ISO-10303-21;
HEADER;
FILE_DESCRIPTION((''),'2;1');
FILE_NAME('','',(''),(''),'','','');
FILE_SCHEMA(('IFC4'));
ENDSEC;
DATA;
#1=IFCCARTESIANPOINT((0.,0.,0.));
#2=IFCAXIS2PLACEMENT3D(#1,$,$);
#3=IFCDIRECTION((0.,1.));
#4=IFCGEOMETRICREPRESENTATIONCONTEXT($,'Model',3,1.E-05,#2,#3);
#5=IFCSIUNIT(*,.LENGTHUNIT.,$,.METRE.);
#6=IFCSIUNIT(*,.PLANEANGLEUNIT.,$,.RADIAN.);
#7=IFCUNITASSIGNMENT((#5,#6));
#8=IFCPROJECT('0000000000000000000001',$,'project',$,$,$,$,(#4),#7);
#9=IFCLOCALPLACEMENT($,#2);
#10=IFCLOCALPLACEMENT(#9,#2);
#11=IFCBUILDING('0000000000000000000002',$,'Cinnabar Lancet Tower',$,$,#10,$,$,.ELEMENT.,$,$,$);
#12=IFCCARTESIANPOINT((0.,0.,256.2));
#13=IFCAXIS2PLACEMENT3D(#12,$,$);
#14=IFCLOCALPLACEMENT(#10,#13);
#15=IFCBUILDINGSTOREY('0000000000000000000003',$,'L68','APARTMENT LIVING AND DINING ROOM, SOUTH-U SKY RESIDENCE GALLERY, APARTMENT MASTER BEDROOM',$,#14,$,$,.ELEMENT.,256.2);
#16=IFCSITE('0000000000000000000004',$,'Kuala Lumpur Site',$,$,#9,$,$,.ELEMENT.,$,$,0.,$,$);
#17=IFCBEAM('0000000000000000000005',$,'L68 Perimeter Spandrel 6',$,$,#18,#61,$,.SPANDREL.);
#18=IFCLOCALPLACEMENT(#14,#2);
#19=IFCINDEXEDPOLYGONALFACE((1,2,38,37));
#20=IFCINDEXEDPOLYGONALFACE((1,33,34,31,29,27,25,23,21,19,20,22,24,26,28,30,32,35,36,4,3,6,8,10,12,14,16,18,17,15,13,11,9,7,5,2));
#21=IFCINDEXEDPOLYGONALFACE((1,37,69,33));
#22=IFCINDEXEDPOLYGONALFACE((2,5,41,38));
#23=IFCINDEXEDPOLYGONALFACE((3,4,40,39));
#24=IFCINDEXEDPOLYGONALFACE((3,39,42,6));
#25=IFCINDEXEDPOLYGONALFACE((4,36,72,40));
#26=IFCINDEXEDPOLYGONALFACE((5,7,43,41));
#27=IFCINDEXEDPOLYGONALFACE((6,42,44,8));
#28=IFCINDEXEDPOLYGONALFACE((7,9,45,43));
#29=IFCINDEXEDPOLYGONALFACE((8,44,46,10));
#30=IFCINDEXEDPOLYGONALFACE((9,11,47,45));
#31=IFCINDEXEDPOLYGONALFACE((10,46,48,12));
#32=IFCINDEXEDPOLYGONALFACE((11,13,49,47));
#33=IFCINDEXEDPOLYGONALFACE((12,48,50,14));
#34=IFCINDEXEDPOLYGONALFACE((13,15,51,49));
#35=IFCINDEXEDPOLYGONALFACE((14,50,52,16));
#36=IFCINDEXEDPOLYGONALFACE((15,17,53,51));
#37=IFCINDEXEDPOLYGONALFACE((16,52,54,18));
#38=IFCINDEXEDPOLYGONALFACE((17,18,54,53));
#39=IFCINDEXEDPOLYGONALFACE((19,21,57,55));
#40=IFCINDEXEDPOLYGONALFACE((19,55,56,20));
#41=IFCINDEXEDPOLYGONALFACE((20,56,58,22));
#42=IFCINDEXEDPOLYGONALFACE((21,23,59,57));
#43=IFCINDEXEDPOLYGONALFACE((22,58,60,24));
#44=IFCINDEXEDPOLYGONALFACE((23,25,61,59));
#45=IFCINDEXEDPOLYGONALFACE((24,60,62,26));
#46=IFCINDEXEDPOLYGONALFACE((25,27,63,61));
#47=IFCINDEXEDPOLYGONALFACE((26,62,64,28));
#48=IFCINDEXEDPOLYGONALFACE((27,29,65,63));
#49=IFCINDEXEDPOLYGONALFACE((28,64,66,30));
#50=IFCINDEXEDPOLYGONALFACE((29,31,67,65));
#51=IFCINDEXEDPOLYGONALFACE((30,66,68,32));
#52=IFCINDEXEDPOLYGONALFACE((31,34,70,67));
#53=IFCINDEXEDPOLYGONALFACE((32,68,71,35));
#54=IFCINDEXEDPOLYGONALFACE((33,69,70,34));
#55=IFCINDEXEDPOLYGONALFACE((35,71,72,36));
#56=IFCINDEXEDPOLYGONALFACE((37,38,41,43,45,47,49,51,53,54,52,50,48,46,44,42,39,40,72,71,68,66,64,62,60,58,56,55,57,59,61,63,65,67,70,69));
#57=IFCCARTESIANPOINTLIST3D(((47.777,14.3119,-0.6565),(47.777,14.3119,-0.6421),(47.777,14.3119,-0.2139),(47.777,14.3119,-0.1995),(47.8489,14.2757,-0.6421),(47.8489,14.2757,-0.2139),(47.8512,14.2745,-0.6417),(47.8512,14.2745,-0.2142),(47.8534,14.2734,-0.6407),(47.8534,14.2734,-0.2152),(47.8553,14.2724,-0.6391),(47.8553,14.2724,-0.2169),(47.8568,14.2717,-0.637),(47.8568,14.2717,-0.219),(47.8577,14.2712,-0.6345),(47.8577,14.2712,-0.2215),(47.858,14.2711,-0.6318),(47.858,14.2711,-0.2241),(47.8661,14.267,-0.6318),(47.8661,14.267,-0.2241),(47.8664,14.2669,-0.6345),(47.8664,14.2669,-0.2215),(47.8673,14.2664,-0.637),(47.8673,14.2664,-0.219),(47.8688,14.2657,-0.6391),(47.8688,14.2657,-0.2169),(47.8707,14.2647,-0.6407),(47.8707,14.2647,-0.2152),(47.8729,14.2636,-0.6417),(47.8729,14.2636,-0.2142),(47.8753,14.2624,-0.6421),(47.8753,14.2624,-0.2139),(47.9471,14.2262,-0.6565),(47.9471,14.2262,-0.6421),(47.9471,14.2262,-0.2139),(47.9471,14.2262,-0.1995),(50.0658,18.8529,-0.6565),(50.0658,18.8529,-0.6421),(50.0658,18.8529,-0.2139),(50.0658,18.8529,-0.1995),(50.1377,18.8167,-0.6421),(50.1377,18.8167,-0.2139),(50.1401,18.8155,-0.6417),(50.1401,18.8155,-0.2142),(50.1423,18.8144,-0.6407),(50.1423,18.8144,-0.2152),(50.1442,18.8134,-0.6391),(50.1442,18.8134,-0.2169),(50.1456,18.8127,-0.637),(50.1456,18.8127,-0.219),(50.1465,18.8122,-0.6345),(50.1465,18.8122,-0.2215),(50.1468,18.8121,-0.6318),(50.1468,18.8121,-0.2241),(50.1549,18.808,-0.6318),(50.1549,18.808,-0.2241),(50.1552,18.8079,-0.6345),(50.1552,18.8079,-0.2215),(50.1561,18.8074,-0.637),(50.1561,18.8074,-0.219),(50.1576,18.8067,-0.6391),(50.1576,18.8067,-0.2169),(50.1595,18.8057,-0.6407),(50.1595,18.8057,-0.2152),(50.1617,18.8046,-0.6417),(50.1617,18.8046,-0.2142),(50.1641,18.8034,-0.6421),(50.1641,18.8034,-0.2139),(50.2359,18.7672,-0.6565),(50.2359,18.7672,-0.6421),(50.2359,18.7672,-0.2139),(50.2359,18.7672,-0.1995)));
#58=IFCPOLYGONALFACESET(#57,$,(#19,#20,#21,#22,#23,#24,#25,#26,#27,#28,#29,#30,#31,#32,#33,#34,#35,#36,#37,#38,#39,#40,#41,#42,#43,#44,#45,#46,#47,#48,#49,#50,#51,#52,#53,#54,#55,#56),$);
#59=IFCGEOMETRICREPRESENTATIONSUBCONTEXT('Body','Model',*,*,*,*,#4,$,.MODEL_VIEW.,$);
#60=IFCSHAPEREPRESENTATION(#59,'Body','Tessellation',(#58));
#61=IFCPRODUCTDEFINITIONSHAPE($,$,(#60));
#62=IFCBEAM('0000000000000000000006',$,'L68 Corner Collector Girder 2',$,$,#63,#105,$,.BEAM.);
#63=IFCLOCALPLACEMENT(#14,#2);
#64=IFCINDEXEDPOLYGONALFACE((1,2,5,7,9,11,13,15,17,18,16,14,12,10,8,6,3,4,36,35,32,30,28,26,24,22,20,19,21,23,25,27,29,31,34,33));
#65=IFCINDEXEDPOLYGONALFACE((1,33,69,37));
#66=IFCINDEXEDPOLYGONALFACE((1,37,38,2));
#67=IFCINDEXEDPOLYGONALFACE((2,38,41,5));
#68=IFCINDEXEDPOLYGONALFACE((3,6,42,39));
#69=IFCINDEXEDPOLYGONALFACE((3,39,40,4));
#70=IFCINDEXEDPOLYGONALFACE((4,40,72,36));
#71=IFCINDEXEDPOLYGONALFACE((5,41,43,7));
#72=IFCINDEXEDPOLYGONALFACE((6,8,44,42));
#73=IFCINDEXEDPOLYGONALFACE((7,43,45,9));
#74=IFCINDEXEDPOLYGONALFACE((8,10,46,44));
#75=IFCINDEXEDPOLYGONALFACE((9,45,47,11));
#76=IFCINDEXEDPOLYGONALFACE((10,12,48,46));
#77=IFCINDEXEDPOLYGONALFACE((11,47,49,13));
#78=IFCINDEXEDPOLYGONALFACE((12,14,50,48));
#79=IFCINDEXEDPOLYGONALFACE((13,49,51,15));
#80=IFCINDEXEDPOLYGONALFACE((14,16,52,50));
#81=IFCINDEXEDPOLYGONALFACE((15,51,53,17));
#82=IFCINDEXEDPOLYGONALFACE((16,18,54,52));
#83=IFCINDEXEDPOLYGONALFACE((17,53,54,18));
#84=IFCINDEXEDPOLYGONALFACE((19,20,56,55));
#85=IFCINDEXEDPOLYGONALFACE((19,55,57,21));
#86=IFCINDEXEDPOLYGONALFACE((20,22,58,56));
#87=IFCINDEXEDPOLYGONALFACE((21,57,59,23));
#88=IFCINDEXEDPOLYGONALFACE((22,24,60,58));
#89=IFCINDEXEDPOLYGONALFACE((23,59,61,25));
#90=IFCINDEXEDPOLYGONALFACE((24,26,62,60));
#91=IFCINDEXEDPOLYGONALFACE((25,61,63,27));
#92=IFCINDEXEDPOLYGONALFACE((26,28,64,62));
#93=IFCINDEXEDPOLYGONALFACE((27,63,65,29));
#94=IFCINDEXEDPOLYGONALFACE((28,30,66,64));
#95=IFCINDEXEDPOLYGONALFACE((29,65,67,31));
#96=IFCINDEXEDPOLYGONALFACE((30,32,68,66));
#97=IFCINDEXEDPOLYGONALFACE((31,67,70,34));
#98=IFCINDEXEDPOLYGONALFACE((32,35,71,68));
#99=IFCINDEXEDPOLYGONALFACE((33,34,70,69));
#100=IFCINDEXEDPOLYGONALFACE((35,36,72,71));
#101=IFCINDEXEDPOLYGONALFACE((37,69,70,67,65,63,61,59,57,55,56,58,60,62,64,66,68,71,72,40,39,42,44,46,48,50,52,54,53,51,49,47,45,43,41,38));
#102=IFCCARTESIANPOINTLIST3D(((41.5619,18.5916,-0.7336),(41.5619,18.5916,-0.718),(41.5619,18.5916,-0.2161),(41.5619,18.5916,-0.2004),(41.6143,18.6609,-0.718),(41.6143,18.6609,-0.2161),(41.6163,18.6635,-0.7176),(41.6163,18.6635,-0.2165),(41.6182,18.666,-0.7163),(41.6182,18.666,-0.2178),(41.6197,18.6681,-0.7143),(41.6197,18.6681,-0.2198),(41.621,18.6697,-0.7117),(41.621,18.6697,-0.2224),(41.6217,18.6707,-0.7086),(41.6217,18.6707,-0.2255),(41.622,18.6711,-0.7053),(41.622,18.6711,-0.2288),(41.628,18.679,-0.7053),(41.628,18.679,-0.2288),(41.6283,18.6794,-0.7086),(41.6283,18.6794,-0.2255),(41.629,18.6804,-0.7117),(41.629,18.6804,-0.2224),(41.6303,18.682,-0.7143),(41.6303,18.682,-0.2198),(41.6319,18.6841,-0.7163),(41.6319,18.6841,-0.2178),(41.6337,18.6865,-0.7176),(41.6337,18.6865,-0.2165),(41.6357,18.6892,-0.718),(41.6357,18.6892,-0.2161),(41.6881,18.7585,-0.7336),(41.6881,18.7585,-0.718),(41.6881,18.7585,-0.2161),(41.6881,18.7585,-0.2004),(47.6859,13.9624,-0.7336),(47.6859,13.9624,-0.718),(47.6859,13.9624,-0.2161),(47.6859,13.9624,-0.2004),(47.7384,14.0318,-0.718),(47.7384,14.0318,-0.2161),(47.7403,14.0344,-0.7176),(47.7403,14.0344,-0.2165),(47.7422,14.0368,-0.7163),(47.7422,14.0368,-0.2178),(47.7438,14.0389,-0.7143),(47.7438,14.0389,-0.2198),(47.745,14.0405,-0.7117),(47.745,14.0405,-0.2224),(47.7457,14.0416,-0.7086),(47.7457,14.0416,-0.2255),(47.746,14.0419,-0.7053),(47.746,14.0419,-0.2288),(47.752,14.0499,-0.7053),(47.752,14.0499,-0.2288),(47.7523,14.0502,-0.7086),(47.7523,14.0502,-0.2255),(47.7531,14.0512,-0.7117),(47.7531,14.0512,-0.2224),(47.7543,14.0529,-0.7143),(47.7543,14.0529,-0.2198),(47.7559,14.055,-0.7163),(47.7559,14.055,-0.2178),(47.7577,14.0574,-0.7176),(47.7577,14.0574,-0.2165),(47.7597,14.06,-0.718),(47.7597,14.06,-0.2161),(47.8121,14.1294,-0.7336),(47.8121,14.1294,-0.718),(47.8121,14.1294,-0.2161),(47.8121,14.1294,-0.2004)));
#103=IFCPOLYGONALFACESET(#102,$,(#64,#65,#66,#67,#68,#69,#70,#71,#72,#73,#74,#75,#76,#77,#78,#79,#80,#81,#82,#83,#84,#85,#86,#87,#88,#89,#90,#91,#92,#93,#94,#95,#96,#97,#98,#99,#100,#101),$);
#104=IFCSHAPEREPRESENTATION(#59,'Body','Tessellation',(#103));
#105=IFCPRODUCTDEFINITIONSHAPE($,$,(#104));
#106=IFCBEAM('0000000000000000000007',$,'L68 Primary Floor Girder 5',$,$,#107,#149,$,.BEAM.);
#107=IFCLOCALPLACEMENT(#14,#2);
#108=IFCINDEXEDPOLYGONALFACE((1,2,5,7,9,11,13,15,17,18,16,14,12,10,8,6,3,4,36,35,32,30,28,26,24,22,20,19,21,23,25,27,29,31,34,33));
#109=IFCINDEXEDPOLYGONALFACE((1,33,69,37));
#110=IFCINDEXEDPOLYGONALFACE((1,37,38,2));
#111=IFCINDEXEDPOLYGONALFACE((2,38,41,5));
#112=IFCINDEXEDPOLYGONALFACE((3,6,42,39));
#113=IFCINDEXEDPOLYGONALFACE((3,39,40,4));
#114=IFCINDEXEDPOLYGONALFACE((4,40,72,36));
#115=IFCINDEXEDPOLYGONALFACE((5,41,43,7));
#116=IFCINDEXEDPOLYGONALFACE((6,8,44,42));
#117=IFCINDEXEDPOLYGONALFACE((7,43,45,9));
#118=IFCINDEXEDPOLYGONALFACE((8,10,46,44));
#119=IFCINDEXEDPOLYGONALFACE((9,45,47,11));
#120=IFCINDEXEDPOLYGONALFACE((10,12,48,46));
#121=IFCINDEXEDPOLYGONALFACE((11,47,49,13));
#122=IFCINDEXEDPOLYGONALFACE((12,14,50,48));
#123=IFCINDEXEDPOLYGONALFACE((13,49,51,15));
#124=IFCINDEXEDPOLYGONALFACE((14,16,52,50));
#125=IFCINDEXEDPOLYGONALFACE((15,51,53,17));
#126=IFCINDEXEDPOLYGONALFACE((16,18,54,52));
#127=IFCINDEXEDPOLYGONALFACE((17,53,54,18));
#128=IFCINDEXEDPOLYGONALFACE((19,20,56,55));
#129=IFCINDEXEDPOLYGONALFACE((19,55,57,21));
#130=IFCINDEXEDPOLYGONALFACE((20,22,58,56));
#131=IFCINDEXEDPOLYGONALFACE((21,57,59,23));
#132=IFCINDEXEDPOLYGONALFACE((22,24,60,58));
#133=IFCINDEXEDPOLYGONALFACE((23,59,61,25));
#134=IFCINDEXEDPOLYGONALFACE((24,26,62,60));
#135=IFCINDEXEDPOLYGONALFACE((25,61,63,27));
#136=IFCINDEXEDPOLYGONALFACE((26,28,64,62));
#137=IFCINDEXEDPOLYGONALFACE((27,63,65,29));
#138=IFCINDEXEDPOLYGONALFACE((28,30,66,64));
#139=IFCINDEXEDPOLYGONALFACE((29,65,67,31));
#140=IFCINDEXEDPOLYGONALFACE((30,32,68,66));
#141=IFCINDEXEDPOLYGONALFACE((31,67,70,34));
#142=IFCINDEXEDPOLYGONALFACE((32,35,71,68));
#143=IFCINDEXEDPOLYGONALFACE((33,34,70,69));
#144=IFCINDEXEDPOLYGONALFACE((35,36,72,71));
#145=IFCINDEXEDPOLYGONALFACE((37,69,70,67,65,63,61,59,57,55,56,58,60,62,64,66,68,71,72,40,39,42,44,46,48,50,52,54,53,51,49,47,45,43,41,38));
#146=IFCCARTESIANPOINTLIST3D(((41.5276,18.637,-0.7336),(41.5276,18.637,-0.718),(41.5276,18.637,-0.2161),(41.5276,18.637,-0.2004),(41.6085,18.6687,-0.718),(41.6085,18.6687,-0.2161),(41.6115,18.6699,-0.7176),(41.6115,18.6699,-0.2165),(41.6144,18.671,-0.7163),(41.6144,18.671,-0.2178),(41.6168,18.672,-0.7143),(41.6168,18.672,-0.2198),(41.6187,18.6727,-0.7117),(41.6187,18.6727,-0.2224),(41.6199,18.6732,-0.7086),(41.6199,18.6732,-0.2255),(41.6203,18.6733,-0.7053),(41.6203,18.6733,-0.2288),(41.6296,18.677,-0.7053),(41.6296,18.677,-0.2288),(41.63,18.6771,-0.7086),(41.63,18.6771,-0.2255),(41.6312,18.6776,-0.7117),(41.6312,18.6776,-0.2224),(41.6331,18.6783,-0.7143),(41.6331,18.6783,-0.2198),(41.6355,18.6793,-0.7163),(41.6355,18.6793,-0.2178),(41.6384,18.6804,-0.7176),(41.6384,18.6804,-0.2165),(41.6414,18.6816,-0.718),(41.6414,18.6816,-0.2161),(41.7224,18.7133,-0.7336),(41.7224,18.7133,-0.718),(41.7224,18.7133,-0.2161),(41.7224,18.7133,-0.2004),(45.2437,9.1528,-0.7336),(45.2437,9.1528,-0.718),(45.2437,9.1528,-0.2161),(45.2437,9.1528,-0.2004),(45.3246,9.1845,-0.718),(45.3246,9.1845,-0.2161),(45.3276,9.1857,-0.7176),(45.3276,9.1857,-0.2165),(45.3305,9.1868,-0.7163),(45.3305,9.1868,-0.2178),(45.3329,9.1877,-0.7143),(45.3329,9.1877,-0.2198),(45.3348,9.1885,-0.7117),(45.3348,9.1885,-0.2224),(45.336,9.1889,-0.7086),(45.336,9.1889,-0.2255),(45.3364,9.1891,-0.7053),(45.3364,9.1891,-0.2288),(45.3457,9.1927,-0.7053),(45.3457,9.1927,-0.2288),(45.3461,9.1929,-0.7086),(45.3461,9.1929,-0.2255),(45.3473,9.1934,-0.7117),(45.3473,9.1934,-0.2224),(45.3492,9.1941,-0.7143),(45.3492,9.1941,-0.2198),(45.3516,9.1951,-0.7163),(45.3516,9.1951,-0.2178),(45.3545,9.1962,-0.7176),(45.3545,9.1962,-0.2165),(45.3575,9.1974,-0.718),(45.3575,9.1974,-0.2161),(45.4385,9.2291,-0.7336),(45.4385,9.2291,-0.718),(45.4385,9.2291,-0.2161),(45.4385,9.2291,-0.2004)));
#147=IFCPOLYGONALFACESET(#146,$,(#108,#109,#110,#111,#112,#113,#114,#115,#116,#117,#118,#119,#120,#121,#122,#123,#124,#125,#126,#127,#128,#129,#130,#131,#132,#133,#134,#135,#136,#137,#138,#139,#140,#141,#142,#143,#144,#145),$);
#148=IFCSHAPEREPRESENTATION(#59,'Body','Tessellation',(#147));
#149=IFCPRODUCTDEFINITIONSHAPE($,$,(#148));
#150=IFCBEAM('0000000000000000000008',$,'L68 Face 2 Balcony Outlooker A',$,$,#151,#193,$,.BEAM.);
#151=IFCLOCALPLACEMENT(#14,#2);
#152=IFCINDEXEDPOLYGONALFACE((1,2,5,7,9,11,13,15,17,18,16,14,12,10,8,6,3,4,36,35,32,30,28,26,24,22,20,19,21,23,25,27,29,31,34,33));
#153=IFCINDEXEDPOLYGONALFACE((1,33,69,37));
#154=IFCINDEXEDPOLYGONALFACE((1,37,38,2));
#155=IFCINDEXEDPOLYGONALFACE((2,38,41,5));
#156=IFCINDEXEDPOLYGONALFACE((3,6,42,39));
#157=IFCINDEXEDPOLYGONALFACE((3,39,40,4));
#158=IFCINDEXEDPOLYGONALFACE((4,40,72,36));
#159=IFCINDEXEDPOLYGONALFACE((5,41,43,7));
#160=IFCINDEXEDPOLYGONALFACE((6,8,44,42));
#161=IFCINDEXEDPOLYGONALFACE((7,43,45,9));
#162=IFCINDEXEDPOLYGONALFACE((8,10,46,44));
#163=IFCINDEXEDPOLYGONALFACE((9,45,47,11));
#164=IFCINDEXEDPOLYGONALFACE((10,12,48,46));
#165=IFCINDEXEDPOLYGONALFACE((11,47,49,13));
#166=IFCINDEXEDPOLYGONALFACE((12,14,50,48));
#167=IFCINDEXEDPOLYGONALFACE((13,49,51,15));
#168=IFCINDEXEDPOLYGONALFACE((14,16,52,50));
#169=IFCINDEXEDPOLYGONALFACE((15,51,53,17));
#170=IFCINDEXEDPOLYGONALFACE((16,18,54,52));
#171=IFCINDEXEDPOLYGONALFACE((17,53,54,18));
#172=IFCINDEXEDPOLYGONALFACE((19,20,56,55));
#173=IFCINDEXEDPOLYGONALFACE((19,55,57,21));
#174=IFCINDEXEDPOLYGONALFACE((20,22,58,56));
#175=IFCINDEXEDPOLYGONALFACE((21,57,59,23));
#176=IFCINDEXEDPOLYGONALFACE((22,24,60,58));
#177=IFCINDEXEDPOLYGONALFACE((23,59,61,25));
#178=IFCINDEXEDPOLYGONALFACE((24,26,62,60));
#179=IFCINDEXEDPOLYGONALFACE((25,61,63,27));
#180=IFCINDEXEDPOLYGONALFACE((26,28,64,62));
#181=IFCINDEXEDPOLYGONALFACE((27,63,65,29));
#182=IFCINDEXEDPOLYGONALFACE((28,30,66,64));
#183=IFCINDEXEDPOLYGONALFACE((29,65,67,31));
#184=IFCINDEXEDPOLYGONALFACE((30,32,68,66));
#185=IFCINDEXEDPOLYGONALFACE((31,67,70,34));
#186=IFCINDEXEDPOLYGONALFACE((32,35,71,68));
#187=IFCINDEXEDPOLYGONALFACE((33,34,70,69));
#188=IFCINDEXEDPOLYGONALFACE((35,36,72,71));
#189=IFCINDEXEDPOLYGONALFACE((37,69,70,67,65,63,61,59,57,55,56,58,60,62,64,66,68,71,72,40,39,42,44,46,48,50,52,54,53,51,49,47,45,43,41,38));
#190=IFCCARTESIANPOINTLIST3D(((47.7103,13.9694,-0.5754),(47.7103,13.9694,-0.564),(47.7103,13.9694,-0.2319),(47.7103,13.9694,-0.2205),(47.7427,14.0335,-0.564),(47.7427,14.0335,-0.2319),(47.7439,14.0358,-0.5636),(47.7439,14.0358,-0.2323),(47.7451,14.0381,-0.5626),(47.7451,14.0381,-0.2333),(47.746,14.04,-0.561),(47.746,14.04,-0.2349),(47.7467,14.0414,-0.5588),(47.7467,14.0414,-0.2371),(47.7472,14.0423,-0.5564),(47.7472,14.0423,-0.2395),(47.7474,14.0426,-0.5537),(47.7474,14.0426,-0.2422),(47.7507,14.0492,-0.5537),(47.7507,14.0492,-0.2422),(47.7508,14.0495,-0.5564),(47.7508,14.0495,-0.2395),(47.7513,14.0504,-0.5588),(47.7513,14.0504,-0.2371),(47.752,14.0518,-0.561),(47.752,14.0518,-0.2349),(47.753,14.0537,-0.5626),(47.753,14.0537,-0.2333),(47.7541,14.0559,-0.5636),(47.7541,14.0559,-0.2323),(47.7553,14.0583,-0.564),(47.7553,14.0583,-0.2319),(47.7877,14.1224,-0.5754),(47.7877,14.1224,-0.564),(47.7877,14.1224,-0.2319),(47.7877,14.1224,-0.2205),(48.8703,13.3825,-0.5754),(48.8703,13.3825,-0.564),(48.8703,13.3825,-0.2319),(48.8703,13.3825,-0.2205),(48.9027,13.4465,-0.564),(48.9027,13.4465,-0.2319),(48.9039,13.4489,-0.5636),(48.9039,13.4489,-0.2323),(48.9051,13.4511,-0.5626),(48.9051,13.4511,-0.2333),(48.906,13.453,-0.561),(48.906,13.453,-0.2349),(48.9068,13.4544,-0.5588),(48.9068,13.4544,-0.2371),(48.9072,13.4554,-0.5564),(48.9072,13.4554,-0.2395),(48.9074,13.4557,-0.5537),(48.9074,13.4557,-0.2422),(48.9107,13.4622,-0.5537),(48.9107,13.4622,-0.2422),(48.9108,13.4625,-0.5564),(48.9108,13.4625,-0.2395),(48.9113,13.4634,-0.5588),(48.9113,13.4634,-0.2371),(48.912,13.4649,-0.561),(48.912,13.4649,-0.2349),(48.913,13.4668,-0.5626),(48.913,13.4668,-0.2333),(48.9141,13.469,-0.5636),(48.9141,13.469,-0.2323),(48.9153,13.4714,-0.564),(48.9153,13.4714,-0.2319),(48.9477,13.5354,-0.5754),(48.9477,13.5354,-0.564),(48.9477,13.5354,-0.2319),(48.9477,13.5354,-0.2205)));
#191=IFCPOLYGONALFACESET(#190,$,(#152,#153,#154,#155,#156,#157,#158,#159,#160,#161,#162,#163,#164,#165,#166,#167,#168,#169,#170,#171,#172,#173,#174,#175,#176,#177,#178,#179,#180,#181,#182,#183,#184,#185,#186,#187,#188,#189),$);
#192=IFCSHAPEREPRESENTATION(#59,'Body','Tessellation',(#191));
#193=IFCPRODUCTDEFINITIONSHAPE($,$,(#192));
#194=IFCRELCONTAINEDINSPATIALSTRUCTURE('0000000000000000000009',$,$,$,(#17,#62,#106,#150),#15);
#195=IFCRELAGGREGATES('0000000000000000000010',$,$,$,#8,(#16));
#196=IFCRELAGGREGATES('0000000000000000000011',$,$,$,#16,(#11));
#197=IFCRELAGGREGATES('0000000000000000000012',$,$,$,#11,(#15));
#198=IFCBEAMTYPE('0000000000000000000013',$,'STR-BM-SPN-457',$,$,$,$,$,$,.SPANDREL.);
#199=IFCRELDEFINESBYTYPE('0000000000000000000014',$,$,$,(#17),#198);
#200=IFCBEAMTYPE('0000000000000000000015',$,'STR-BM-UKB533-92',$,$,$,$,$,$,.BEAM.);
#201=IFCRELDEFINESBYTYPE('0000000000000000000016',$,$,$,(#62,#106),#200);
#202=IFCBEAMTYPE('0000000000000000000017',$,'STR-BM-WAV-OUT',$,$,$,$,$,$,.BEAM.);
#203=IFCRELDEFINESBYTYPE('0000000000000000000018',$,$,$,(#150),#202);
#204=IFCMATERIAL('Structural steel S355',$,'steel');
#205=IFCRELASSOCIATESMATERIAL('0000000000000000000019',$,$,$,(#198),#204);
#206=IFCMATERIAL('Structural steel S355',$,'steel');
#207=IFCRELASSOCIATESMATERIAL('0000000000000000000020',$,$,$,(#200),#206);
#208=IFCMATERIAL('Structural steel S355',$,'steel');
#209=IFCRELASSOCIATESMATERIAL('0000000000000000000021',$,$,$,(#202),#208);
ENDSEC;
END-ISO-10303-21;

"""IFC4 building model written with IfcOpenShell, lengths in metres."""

from ifc_helpers import new_model, si_unit, direction, frame, origin, origin_2d, place, context, subcontext, project, spatial, i_section, extrude, material, material_profile, profile_set, type_object, element, save


model = new_model("IFC4")

# Units and contexts
model_context = context("Model", 3, precision=1e-05, world=origin(), true_north=direction((0.0, 1.0)))
body_context = subcontext(model_context, "Body", "Model", "MODEL_VIEW")
ifc_project = project(units=[si_unit("LENGTHUNIT", "METRE"), si_unit("PLANEANGLEUNIT", "RADIAN")], contexts=[model_context])

# Site, building, storey
site_placement = place(None, origin())
site = spatial("IfcSite", under=ifc_project, at=site_placement, Name="Kuala Lumpur Site", CompositionType="ELEMENT", RefElevation=0.0)
building_placement = place(site_placement, origin())
building = spatial("IfcBuilding", under=site, at=building_placement, Name="Cinnabar Lancet Tower", CompositionType="ELEMENT")
storey_placement = place(building_placement, frame((0.0, 0.0, 256.2)))
storey = spatial("IfcBuildingStorey", under=building, at=storey_placement, Name="L68", Description="APARTMENT LIVING AND DINING ROOM, SOUTH-U SKY RESIDENCE GALLERY, APARTMENT MASTER BEDROOM", CompositionType="ELEMENT", Elevation=256.2)

# Beams
ifc_material_1 = material(Name="Structural steel S355", Category="steel")
ifc_material_profile_1 = material_profile(ifc_material_1, i_section(OverallWidth=0.1904, OverallDepth=0.457, WebThickness=0.009, FlangeThickness=0.0144, FilletRadius=0.0103, at=origin_2d()), Name="UKB 457x191x74")
ifc_profile_set_1 = profile_set([ifc_material_profile_1], Name="Structural steel S355")
beam_type_1 = type_object("IfcBeamType", Name="STR-BM-SPN-457", PredefinedType="SPANDREL", material=ifc_profile_set_1)
beam_1_placement = place(storey_placement, frame((47.8621, 14.269, -0.428), z_axis=(0.450092, 0.892982, 0.0), x_axis=(-0.892982, 0.450092, 0.0)))
element("IfcBeam", 1, at=beam_1_placement, inside=storey, type_object=beam_type_1, Name="L68 Perimeter Spandrel 6", PredefinedType="SPANDREL", context=body_context, shape_type="SweptSolid", body=[
    extrude(i_section(OverallWidth=0.1904, OverallDepth=0.457, WebThickness=0.009, FlangeThickness=0.0144, FilletRadius=0.0103, at=origin_2d()), origin(), (0.0, 0.0, 1.0), 5.0852),
])
ifc_material_2 = material(Name="Structural steel S355", Category="steel")
ifc_material_profile_2 = material_profile(ifc_material_2, i_section(OverallWidth=0.2092, OverallDepth=0.5332, WebThickness=0.01, FlangeThickness=0.0156, FilletRadius=0.0127, at=origin_2d()), Name="UKB 533x210x92")
ifc_profile_set_2 = profile_set([ifc_material_profile_2], Name="Structural steel S355")
beam_type_2 = type_object("IfcBeamType", Name="STR-BM-UKB533-92", PredefinedType="BEAM", material=ifc_profile_set_2)
beam_2_placement = place(storey_placement, frame((47.749, 14.0459, -0.467), z_axis=(-0.797735, 0.603008, 0.0), x_axis=(-0.603008, -0.797735, 0.0)))
element("IfcBeam", 2, at=beam_2_placement, inside=storey, type_object=beam_type_2, Name="L68 Corner Collector Girder 2", PredefinedType="BEAM", context=body_context, shape_type="SweptSolid", body=[
    extrude(i_section(OverallWidth=0.2092, OverallDepth=0.5332, WebThickness=0.01, FlangeThickness=0.0156, FilletRadius=0.0127, at=origin_2d()), origin(), (0.0, 0.0, 1.0), 7.6768),
])
beam_3_placement = place(storey_placement, frame((45.3411, 9.1909, -0.467), z_axis=(-0.364815, 0.93108, 0.0), x_axis=(-0.93108, -0.364815, 0.0)))
element("IfcBeam", 3, at=beam_3_placement, inside=storey, type_object=beam_type_2, Name="L68 Primary Floor Girder 5", PredefinedType="BEAM", context=body_context, shape_type="SweptSolid", body=[
    extrude(i_section(OverallWidth=0.2092, OverallDepth=0.5332, WebThickness=0.01, FlangeThickness=0.0156, FilletRadius=0.0127, at=origin_2d()), origin(), (0.0, 0.0, 1.0), 10.1863),
])
ifc_material_3 = material(Name="Structural steel S355", Category="steel")
ifc_material_profile_3 = material_profile(ifc_material_3, i_section(OverallWidth=0.1714, OverallDepth=0.355, WebThickness=0.0073, FlangeThickness=0.0115, FilletRadius=0.0103, at=origin_2d()), Name="UKB 356x171x51")
ifc_profile_set_3 = profile_set([ifc_material_profile_3], Name="Structural steel S355")
beam_type_3 = type_object("IfcBeamType", Name="STR-BM-WAV-OUT", PredefinedType="BEAM", material=ifc_profile_set_3)
beam_4_placement = place(storey_placement, frame((47.749, 14.0459, -0.3979), z_axis=(0.892276, -0.45149, 0.0), x_axis=(0.45149, 0.892276, 0.0)))
element("IfcBeam", 4, at=beam_4_placement, inside=storey, type_object=beam_type_3, Name="L68 Face 2 Balcony Outlooker A", PredefinedType="BEAM", context=body_context, shape_type="SweptSolid", body=[
    extrude(i_section(OverallWidth=0.1714, OverallDepth=0.355, WebThickness=0.0073, FlangeThickness=0.0115, FilletRadius=0.0103, at=origin_2d()), origin(), (0.0, 0.0, 1.0), 1.3),
])

save(model, "model.ifc")
